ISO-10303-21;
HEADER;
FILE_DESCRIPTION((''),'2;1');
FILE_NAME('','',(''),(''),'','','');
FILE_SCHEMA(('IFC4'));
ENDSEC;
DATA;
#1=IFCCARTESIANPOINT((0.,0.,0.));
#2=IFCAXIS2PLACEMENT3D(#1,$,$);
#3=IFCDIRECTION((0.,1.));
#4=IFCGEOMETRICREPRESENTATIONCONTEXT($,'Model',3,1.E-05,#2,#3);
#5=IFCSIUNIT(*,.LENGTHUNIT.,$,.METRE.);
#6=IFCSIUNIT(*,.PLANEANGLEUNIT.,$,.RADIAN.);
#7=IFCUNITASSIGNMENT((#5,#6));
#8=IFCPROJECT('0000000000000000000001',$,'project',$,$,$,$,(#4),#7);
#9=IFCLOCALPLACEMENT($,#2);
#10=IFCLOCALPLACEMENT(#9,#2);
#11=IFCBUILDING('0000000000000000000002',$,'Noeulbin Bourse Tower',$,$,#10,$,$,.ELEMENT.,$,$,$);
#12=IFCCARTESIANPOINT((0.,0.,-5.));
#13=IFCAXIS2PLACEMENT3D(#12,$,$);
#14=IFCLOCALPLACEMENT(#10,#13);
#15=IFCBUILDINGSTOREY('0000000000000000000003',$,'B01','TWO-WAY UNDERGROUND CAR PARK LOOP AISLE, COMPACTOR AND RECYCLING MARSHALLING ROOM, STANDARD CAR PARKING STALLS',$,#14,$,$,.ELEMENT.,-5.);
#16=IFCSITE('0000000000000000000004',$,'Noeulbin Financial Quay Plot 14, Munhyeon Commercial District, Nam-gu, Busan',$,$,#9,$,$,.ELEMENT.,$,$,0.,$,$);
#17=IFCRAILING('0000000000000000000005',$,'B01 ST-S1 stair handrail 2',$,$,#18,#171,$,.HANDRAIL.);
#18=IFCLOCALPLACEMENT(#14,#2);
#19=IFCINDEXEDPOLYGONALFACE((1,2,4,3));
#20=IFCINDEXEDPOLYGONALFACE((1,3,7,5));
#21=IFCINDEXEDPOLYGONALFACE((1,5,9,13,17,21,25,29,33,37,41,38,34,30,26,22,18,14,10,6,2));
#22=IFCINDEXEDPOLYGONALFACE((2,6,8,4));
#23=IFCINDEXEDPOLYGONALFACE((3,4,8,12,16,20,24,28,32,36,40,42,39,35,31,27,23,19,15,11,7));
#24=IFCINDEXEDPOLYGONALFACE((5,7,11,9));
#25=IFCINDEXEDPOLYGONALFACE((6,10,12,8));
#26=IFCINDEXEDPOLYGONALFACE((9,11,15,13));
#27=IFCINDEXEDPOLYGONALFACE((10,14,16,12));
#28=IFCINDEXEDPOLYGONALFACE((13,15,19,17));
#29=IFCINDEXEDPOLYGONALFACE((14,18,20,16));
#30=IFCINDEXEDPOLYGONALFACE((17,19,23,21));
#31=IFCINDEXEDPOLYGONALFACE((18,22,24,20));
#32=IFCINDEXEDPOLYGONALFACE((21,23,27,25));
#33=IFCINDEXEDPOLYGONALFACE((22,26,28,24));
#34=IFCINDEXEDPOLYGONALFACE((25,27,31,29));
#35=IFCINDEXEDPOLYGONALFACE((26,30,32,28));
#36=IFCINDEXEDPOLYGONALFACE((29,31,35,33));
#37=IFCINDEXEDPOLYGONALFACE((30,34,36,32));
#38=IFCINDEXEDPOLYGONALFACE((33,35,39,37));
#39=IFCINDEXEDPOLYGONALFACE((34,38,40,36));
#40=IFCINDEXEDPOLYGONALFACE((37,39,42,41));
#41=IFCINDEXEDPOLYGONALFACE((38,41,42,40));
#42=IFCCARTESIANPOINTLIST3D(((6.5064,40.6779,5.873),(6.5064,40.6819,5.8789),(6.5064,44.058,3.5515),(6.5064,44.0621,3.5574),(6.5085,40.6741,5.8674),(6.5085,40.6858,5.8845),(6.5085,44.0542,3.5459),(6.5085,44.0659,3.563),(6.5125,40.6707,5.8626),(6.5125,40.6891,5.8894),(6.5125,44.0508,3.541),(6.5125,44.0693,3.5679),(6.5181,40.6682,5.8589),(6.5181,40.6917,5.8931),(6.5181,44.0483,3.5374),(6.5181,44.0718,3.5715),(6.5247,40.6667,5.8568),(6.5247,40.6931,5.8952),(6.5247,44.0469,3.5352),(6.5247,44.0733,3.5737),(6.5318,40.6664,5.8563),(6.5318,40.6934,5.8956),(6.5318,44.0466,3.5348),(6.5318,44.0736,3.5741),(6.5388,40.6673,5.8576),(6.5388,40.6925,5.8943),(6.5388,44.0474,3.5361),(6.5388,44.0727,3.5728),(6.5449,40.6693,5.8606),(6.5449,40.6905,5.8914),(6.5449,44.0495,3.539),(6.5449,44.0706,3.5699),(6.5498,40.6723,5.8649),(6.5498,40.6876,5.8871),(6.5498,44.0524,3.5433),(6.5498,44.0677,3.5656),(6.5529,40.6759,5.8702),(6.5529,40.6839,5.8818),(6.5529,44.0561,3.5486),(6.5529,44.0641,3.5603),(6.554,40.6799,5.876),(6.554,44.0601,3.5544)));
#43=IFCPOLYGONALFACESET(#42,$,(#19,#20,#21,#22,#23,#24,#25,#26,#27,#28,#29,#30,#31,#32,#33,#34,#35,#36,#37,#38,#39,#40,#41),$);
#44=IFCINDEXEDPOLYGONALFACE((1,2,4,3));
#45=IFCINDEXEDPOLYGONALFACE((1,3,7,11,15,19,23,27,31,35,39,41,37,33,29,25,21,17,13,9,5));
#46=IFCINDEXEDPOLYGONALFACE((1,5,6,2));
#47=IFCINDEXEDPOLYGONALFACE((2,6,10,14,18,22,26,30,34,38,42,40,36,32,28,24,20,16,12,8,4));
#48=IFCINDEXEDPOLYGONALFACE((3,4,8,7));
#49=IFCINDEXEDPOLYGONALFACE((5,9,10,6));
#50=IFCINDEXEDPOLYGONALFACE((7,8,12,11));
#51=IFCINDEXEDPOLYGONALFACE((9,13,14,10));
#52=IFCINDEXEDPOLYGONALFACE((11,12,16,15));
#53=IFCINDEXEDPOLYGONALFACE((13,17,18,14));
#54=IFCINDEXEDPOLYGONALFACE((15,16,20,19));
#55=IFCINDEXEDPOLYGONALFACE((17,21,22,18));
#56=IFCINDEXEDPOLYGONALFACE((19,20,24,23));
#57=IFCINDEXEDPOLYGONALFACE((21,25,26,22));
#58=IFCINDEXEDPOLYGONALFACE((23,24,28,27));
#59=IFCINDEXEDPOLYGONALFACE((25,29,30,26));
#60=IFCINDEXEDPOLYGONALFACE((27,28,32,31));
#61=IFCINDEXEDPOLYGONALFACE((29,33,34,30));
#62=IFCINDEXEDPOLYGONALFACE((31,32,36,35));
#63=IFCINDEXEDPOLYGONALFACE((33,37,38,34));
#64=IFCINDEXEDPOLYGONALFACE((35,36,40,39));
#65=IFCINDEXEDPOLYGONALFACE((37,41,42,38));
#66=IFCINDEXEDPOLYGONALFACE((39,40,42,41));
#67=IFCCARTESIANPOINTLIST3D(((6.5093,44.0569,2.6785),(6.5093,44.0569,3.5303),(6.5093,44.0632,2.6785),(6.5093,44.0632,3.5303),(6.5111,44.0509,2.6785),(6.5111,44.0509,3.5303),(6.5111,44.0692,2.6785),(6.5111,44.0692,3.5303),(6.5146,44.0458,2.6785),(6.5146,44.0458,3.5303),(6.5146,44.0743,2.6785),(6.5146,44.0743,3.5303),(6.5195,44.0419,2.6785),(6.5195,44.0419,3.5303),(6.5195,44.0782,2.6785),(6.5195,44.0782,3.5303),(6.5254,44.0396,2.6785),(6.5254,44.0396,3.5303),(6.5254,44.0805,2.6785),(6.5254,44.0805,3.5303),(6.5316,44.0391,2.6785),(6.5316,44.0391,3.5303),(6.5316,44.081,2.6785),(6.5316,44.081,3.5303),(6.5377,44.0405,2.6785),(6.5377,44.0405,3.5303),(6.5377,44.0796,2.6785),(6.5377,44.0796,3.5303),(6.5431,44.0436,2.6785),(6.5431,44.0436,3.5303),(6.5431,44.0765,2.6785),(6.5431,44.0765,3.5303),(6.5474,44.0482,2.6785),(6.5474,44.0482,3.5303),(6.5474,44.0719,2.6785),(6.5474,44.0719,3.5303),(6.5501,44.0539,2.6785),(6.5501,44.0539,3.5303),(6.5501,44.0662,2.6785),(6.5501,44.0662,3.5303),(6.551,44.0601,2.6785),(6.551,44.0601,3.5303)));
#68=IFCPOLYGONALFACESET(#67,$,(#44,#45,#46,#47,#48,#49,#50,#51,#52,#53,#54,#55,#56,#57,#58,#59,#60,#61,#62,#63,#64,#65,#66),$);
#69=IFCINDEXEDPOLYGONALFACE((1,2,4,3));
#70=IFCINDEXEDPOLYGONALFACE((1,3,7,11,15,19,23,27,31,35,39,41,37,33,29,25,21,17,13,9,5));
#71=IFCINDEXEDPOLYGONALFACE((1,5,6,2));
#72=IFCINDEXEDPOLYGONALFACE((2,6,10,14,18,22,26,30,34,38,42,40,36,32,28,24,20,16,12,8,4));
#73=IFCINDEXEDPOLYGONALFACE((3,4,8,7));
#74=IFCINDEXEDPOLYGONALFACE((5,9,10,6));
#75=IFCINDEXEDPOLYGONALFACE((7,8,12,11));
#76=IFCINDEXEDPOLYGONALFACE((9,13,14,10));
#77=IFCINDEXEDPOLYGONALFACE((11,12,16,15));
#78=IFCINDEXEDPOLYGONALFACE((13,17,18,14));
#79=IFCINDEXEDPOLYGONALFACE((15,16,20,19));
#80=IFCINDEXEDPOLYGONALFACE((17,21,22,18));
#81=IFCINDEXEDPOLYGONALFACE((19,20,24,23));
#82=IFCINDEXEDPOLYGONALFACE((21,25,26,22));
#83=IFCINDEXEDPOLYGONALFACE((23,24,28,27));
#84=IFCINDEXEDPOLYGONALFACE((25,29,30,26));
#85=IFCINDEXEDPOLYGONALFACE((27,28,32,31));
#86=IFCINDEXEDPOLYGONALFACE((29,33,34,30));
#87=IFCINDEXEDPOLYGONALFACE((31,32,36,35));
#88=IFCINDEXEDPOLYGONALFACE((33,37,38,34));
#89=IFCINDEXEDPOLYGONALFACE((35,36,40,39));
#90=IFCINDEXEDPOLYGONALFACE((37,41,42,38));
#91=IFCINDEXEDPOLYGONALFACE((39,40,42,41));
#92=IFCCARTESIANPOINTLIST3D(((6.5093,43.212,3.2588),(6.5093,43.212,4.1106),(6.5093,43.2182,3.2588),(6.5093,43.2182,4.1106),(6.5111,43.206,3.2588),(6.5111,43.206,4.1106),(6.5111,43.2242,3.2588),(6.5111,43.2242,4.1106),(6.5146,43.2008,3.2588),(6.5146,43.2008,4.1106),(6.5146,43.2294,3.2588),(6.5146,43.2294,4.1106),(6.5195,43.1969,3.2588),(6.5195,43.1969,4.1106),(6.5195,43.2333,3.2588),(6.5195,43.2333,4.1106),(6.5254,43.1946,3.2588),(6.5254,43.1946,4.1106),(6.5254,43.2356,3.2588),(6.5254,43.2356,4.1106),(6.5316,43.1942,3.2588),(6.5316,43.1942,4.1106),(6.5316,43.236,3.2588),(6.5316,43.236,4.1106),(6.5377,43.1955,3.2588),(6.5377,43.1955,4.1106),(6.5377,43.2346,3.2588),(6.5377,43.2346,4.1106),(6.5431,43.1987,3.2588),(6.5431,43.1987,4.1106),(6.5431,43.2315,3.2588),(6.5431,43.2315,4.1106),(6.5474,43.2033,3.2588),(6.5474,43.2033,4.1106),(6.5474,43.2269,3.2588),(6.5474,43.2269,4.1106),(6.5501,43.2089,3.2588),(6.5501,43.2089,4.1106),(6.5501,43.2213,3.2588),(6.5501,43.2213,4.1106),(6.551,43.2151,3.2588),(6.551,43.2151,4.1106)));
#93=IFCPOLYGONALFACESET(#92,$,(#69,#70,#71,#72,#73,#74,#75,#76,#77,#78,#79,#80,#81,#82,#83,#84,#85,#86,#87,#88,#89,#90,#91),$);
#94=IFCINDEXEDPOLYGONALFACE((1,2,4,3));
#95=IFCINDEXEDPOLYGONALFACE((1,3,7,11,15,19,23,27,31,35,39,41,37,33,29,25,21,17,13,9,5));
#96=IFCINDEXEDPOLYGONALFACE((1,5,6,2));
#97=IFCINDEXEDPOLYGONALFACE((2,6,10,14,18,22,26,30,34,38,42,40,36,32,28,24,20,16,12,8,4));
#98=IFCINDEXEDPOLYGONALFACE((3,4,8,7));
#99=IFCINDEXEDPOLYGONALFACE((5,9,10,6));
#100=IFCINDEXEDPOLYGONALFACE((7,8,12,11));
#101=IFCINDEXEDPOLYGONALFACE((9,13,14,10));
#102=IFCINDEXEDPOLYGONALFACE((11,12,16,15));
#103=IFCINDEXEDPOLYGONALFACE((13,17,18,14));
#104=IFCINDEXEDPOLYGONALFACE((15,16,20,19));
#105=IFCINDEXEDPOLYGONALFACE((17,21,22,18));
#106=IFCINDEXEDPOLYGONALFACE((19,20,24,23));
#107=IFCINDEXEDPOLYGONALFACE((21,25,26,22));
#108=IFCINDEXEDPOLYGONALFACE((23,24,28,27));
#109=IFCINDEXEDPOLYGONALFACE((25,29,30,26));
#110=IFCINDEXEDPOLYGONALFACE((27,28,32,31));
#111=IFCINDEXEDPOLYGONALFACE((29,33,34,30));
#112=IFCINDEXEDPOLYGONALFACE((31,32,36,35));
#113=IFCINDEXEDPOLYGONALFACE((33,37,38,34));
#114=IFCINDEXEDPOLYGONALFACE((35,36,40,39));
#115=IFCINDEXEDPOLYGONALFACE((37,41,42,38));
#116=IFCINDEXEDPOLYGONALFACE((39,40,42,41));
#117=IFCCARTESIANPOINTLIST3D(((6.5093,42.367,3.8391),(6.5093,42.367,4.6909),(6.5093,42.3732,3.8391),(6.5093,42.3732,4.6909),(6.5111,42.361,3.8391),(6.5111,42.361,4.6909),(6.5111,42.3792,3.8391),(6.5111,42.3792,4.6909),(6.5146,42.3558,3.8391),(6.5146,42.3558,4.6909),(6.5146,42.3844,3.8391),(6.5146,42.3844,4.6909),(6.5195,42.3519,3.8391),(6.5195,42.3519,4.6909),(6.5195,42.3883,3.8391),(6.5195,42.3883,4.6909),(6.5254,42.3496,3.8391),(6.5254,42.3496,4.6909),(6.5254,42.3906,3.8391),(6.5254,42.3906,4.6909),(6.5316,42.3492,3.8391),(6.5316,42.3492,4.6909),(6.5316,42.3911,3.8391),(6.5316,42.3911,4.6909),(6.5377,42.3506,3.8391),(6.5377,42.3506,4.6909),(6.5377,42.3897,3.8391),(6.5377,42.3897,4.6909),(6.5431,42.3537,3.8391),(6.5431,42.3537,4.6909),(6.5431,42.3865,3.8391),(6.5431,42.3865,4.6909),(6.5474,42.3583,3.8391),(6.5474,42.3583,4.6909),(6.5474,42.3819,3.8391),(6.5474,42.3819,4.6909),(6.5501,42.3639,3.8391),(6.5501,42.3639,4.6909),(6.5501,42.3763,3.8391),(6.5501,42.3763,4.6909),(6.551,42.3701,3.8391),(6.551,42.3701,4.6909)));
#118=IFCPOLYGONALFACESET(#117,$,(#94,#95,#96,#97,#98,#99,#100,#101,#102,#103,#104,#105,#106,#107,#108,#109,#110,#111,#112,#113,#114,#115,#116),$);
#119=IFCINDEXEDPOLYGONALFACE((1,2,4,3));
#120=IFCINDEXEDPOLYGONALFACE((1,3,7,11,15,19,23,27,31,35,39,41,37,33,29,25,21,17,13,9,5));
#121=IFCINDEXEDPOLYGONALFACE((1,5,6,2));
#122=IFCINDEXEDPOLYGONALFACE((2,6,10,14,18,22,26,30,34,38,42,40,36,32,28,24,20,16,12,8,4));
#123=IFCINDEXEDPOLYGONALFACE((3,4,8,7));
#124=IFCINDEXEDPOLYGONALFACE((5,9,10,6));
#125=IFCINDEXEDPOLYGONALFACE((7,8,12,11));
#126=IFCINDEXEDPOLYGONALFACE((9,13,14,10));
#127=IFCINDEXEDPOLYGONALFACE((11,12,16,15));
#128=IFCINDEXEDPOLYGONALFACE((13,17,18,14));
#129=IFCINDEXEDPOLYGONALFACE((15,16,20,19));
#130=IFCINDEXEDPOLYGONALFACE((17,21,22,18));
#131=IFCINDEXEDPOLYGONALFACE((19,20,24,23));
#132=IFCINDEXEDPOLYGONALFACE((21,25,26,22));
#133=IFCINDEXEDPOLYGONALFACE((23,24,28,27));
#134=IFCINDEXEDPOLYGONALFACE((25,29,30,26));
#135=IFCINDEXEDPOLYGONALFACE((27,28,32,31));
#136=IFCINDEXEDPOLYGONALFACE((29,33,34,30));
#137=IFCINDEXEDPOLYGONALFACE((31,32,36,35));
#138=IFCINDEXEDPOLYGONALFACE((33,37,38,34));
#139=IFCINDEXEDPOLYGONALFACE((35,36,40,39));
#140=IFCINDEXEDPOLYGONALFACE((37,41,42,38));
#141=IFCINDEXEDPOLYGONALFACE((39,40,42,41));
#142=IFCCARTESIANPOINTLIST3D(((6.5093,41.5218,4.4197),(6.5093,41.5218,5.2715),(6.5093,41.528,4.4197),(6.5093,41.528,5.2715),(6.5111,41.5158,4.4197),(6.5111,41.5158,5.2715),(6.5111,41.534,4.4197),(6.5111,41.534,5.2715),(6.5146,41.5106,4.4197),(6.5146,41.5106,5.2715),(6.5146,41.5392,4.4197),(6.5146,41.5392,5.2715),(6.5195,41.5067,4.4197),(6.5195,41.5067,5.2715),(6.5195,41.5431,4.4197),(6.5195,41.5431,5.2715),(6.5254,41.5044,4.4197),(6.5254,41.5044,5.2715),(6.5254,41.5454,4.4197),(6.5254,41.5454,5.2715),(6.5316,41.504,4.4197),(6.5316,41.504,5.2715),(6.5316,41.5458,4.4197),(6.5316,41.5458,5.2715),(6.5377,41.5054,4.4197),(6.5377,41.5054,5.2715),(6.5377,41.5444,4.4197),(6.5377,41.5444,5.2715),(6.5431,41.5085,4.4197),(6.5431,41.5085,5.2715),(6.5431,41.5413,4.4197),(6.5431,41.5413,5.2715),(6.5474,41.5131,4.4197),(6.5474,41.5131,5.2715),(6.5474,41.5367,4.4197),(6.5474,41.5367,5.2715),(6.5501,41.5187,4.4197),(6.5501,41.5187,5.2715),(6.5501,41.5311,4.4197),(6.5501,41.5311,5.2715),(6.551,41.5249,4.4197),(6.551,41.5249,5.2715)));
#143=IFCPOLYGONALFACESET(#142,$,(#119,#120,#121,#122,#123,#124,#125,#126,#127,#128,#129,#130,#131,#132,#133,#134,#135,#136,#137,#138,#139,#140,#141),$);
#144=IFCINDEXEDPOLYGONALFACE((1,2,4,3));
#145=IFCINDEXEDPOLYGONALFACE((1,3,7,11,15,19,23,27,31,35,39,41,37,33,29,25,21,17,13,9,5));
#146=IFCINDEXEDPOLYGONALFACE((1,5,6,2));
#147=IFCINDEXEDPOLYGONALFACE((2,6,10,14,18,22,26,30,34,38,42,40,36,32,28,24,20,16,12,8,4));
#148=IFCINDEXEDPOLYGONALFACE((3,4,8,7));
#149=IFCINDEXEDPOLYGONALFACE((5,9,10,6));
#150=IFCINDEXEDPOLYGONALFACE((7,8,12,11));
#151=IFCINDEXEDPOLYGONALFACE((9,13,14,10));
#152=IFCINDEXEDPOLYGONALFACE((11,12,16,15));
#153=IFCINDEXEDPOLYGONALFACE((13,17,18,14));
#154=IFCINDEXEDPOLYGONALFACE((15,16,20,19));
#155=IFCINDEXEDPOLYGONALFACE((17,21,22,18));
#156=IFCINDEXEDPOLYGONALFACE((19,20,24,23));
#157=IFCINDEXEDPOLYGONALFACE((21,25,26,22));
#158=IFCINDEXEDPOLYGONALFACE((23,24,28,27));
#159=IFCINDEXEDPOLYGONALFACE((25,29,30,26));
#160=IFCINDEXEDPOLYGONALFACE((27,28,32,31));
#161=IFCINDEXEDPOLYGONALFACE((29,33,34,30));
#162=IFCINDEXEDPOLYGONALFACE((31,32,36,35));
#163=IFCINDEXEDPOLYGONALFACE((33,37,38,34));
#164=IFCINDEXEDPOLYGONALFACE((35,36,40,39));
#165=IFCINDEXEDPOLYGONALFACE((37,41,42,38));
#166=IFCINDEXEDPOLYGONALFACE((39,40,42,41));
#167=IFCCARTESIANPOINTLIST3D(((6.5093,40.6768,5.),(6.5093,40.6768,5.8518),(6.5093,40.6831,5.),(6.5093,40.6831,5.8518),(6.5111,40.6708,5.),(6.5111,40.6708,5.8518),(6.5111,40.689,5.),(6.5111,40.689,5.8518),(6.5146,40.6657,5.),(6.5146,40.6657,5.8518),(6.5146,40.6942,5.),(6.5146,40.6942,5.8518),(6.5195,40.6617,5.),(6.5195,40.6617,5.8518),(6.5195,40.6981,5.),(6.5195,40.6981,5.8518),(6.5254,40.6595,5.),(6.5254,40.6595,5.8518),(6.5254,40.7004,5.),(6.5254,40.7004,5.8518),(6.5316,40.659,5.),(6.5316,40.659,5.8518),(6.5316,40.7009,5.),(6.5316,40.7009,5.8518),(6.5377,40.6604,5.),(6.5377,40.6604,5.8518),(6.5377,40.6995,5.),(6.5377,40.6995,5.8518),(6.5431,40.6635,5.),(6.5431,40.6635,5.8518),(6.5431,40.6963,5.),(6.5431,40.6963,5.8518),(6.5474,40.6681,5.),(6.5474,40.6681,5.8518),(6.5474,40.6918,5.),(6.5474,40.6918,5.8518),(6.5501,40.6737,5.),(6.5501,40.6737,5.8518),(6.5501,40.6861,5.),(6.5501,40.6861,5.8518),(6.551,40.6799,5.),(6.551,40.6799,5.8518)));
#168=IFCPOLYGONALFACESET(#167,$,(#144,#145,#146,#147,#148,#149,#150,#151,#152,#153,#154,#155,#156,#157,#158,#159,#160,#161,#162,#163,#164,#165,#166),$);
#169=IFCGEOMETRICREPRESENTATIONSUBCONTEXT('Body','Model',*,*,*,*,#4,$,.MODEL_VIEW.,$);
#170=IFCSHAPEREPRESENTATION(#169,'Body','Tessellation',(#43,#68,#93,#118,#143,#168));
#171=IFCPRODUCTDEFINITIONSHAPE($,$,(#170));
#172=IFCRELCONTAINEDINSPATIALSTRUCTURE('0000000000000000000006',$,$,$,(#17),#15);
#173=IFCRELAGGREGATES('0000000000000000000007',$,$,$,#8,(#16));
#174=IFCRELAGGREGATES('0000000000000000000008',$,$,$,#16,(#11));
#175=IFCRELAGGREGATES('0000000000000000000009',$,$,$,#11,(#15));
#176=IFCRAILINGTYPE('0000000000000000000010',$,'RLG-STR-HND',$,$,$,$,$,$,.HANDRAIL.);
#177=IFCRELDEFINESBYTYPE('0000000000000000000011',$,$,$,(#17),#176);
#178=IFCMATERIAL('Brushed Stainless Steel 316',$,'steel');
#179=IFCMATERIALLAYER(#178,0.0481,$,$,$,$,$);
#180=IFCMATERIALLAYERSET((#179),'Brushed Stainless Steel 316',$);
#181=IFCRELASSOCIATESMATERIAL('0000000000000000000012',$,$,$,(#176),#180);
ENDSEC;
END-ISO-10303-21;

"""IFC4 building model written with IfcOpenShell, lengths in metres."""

from ifc_helpers import new_model, si_unit, direction, frame, origin, origin_2d, place, context, subcontext, project, spatial, circle, extrude, material, layer, layer_set, type_object, element, save


model = new_model("IFC4")

# Units and contexts
model_context = context("Model", 3, precision=1e-05, world=origin(), true_north=direction((0.0, 1.0)))
body_context = subcontext(model_context, "Body", "Model", "MODEL_VIEW")
ifc_project = project(units=[si_unit("LENGTHUNIT", "METRE"), si_unit("PLANEANGLEUNIT", "RADIAN")], contexts=[model_context])

# Site, building, storey
site_placement = place(None, origin())
site = spatial("IfcSite", under=ifc_project, at=site_placement, Name="Noeulbin Financial Quay Plot 14, Munhyeon Commercial District, Nam-gu, Busan", CompositionType="ELEMENT", RefElevation=0.0)
building_placement = place(site_placement, origin())
building = spatial("IfcBuilding", under=site, at=building_placement, Name="Noeulbin Bourse Tower", CompositionType="ELEMENT")
storey_placement = place(building_placement, frame((0.0, 0.0, -5.0)))
storey = spatial("IfcBuildingStorey", under=building, at=storey_placement, Name="B01", Description="TWO-WAY UNDERGROUND CAR PARK LOOP AISLE, COMPACTOR AND RECYCLING MARSHALLING ROOM, STANDARD CAR PARKING STALLS", CompositionType="ELEMENT", Elevation=-5.0)

# Railing
ifc_material_1 = material(Name="Brushed Stainless Steel 316", Category="steel")
ifc_layer_1 = layer(ifc_material_1, 0.0481)
ifc_layer_set_1 = layer_set([ifc_layer_1], Name="Brushed Stainless Steel 316")
railing_type_1 = type_object("IfcRailingType", Name="RLG-STR-HND", PredefinedType="HANDRAIL", material=ifc_layer_set_1)
railing_1_placement = place(storey_placement, frame((6.53, 44.0601, 2.6785)))
element("IfcRailing", 1, at=railing_1_placement, inside=storey, type_object=railing_type_1, Name="B01 ST-S1 stair handrail 2", PredefinedType="HANDRAIL", context=body_context, shape_type="SweptSolid", body=[
    extrude(circle(Radius=0.0239, at=origin_2d()), frame((0.0, 0.0, 0.876), z_axis=(0.0, -0.824304, 0.566147), x_axis=(1.0, 0.0, 0.0)), (0.0, 0.0, 1.0), 4.1006),
    extrude(circle(Radius=0.021, at=origin_2d()), origin(), (0.0, 0.0, 1.0), 0.8518),
    extrude(circle(Radius=0.021, at=origin_2d()), frame((0.0, -0.845, 0.5803)), (0.0, 0.0, 1.0), 0.8518),
    extrude(circle(Radius=0.021, at=origin_2d()), frame((0.0, -1.6899, 1.1606)), (0.0, 0.0, 1.0), 0.8518),
    extrude(circle(Radius=0.021, at=origin_2d()), frame((0.0, -2.5352, 1.7412)), (0.0, 0.0, 1.0), 0.8518),
    extrude(circle(Radius=0.021, at=origin_2d()), frame((0.0, -3.3801, 2.3215)), (0.0, 0.0, 1.0), 0.8518),
])

save(model, "model.ifc")
